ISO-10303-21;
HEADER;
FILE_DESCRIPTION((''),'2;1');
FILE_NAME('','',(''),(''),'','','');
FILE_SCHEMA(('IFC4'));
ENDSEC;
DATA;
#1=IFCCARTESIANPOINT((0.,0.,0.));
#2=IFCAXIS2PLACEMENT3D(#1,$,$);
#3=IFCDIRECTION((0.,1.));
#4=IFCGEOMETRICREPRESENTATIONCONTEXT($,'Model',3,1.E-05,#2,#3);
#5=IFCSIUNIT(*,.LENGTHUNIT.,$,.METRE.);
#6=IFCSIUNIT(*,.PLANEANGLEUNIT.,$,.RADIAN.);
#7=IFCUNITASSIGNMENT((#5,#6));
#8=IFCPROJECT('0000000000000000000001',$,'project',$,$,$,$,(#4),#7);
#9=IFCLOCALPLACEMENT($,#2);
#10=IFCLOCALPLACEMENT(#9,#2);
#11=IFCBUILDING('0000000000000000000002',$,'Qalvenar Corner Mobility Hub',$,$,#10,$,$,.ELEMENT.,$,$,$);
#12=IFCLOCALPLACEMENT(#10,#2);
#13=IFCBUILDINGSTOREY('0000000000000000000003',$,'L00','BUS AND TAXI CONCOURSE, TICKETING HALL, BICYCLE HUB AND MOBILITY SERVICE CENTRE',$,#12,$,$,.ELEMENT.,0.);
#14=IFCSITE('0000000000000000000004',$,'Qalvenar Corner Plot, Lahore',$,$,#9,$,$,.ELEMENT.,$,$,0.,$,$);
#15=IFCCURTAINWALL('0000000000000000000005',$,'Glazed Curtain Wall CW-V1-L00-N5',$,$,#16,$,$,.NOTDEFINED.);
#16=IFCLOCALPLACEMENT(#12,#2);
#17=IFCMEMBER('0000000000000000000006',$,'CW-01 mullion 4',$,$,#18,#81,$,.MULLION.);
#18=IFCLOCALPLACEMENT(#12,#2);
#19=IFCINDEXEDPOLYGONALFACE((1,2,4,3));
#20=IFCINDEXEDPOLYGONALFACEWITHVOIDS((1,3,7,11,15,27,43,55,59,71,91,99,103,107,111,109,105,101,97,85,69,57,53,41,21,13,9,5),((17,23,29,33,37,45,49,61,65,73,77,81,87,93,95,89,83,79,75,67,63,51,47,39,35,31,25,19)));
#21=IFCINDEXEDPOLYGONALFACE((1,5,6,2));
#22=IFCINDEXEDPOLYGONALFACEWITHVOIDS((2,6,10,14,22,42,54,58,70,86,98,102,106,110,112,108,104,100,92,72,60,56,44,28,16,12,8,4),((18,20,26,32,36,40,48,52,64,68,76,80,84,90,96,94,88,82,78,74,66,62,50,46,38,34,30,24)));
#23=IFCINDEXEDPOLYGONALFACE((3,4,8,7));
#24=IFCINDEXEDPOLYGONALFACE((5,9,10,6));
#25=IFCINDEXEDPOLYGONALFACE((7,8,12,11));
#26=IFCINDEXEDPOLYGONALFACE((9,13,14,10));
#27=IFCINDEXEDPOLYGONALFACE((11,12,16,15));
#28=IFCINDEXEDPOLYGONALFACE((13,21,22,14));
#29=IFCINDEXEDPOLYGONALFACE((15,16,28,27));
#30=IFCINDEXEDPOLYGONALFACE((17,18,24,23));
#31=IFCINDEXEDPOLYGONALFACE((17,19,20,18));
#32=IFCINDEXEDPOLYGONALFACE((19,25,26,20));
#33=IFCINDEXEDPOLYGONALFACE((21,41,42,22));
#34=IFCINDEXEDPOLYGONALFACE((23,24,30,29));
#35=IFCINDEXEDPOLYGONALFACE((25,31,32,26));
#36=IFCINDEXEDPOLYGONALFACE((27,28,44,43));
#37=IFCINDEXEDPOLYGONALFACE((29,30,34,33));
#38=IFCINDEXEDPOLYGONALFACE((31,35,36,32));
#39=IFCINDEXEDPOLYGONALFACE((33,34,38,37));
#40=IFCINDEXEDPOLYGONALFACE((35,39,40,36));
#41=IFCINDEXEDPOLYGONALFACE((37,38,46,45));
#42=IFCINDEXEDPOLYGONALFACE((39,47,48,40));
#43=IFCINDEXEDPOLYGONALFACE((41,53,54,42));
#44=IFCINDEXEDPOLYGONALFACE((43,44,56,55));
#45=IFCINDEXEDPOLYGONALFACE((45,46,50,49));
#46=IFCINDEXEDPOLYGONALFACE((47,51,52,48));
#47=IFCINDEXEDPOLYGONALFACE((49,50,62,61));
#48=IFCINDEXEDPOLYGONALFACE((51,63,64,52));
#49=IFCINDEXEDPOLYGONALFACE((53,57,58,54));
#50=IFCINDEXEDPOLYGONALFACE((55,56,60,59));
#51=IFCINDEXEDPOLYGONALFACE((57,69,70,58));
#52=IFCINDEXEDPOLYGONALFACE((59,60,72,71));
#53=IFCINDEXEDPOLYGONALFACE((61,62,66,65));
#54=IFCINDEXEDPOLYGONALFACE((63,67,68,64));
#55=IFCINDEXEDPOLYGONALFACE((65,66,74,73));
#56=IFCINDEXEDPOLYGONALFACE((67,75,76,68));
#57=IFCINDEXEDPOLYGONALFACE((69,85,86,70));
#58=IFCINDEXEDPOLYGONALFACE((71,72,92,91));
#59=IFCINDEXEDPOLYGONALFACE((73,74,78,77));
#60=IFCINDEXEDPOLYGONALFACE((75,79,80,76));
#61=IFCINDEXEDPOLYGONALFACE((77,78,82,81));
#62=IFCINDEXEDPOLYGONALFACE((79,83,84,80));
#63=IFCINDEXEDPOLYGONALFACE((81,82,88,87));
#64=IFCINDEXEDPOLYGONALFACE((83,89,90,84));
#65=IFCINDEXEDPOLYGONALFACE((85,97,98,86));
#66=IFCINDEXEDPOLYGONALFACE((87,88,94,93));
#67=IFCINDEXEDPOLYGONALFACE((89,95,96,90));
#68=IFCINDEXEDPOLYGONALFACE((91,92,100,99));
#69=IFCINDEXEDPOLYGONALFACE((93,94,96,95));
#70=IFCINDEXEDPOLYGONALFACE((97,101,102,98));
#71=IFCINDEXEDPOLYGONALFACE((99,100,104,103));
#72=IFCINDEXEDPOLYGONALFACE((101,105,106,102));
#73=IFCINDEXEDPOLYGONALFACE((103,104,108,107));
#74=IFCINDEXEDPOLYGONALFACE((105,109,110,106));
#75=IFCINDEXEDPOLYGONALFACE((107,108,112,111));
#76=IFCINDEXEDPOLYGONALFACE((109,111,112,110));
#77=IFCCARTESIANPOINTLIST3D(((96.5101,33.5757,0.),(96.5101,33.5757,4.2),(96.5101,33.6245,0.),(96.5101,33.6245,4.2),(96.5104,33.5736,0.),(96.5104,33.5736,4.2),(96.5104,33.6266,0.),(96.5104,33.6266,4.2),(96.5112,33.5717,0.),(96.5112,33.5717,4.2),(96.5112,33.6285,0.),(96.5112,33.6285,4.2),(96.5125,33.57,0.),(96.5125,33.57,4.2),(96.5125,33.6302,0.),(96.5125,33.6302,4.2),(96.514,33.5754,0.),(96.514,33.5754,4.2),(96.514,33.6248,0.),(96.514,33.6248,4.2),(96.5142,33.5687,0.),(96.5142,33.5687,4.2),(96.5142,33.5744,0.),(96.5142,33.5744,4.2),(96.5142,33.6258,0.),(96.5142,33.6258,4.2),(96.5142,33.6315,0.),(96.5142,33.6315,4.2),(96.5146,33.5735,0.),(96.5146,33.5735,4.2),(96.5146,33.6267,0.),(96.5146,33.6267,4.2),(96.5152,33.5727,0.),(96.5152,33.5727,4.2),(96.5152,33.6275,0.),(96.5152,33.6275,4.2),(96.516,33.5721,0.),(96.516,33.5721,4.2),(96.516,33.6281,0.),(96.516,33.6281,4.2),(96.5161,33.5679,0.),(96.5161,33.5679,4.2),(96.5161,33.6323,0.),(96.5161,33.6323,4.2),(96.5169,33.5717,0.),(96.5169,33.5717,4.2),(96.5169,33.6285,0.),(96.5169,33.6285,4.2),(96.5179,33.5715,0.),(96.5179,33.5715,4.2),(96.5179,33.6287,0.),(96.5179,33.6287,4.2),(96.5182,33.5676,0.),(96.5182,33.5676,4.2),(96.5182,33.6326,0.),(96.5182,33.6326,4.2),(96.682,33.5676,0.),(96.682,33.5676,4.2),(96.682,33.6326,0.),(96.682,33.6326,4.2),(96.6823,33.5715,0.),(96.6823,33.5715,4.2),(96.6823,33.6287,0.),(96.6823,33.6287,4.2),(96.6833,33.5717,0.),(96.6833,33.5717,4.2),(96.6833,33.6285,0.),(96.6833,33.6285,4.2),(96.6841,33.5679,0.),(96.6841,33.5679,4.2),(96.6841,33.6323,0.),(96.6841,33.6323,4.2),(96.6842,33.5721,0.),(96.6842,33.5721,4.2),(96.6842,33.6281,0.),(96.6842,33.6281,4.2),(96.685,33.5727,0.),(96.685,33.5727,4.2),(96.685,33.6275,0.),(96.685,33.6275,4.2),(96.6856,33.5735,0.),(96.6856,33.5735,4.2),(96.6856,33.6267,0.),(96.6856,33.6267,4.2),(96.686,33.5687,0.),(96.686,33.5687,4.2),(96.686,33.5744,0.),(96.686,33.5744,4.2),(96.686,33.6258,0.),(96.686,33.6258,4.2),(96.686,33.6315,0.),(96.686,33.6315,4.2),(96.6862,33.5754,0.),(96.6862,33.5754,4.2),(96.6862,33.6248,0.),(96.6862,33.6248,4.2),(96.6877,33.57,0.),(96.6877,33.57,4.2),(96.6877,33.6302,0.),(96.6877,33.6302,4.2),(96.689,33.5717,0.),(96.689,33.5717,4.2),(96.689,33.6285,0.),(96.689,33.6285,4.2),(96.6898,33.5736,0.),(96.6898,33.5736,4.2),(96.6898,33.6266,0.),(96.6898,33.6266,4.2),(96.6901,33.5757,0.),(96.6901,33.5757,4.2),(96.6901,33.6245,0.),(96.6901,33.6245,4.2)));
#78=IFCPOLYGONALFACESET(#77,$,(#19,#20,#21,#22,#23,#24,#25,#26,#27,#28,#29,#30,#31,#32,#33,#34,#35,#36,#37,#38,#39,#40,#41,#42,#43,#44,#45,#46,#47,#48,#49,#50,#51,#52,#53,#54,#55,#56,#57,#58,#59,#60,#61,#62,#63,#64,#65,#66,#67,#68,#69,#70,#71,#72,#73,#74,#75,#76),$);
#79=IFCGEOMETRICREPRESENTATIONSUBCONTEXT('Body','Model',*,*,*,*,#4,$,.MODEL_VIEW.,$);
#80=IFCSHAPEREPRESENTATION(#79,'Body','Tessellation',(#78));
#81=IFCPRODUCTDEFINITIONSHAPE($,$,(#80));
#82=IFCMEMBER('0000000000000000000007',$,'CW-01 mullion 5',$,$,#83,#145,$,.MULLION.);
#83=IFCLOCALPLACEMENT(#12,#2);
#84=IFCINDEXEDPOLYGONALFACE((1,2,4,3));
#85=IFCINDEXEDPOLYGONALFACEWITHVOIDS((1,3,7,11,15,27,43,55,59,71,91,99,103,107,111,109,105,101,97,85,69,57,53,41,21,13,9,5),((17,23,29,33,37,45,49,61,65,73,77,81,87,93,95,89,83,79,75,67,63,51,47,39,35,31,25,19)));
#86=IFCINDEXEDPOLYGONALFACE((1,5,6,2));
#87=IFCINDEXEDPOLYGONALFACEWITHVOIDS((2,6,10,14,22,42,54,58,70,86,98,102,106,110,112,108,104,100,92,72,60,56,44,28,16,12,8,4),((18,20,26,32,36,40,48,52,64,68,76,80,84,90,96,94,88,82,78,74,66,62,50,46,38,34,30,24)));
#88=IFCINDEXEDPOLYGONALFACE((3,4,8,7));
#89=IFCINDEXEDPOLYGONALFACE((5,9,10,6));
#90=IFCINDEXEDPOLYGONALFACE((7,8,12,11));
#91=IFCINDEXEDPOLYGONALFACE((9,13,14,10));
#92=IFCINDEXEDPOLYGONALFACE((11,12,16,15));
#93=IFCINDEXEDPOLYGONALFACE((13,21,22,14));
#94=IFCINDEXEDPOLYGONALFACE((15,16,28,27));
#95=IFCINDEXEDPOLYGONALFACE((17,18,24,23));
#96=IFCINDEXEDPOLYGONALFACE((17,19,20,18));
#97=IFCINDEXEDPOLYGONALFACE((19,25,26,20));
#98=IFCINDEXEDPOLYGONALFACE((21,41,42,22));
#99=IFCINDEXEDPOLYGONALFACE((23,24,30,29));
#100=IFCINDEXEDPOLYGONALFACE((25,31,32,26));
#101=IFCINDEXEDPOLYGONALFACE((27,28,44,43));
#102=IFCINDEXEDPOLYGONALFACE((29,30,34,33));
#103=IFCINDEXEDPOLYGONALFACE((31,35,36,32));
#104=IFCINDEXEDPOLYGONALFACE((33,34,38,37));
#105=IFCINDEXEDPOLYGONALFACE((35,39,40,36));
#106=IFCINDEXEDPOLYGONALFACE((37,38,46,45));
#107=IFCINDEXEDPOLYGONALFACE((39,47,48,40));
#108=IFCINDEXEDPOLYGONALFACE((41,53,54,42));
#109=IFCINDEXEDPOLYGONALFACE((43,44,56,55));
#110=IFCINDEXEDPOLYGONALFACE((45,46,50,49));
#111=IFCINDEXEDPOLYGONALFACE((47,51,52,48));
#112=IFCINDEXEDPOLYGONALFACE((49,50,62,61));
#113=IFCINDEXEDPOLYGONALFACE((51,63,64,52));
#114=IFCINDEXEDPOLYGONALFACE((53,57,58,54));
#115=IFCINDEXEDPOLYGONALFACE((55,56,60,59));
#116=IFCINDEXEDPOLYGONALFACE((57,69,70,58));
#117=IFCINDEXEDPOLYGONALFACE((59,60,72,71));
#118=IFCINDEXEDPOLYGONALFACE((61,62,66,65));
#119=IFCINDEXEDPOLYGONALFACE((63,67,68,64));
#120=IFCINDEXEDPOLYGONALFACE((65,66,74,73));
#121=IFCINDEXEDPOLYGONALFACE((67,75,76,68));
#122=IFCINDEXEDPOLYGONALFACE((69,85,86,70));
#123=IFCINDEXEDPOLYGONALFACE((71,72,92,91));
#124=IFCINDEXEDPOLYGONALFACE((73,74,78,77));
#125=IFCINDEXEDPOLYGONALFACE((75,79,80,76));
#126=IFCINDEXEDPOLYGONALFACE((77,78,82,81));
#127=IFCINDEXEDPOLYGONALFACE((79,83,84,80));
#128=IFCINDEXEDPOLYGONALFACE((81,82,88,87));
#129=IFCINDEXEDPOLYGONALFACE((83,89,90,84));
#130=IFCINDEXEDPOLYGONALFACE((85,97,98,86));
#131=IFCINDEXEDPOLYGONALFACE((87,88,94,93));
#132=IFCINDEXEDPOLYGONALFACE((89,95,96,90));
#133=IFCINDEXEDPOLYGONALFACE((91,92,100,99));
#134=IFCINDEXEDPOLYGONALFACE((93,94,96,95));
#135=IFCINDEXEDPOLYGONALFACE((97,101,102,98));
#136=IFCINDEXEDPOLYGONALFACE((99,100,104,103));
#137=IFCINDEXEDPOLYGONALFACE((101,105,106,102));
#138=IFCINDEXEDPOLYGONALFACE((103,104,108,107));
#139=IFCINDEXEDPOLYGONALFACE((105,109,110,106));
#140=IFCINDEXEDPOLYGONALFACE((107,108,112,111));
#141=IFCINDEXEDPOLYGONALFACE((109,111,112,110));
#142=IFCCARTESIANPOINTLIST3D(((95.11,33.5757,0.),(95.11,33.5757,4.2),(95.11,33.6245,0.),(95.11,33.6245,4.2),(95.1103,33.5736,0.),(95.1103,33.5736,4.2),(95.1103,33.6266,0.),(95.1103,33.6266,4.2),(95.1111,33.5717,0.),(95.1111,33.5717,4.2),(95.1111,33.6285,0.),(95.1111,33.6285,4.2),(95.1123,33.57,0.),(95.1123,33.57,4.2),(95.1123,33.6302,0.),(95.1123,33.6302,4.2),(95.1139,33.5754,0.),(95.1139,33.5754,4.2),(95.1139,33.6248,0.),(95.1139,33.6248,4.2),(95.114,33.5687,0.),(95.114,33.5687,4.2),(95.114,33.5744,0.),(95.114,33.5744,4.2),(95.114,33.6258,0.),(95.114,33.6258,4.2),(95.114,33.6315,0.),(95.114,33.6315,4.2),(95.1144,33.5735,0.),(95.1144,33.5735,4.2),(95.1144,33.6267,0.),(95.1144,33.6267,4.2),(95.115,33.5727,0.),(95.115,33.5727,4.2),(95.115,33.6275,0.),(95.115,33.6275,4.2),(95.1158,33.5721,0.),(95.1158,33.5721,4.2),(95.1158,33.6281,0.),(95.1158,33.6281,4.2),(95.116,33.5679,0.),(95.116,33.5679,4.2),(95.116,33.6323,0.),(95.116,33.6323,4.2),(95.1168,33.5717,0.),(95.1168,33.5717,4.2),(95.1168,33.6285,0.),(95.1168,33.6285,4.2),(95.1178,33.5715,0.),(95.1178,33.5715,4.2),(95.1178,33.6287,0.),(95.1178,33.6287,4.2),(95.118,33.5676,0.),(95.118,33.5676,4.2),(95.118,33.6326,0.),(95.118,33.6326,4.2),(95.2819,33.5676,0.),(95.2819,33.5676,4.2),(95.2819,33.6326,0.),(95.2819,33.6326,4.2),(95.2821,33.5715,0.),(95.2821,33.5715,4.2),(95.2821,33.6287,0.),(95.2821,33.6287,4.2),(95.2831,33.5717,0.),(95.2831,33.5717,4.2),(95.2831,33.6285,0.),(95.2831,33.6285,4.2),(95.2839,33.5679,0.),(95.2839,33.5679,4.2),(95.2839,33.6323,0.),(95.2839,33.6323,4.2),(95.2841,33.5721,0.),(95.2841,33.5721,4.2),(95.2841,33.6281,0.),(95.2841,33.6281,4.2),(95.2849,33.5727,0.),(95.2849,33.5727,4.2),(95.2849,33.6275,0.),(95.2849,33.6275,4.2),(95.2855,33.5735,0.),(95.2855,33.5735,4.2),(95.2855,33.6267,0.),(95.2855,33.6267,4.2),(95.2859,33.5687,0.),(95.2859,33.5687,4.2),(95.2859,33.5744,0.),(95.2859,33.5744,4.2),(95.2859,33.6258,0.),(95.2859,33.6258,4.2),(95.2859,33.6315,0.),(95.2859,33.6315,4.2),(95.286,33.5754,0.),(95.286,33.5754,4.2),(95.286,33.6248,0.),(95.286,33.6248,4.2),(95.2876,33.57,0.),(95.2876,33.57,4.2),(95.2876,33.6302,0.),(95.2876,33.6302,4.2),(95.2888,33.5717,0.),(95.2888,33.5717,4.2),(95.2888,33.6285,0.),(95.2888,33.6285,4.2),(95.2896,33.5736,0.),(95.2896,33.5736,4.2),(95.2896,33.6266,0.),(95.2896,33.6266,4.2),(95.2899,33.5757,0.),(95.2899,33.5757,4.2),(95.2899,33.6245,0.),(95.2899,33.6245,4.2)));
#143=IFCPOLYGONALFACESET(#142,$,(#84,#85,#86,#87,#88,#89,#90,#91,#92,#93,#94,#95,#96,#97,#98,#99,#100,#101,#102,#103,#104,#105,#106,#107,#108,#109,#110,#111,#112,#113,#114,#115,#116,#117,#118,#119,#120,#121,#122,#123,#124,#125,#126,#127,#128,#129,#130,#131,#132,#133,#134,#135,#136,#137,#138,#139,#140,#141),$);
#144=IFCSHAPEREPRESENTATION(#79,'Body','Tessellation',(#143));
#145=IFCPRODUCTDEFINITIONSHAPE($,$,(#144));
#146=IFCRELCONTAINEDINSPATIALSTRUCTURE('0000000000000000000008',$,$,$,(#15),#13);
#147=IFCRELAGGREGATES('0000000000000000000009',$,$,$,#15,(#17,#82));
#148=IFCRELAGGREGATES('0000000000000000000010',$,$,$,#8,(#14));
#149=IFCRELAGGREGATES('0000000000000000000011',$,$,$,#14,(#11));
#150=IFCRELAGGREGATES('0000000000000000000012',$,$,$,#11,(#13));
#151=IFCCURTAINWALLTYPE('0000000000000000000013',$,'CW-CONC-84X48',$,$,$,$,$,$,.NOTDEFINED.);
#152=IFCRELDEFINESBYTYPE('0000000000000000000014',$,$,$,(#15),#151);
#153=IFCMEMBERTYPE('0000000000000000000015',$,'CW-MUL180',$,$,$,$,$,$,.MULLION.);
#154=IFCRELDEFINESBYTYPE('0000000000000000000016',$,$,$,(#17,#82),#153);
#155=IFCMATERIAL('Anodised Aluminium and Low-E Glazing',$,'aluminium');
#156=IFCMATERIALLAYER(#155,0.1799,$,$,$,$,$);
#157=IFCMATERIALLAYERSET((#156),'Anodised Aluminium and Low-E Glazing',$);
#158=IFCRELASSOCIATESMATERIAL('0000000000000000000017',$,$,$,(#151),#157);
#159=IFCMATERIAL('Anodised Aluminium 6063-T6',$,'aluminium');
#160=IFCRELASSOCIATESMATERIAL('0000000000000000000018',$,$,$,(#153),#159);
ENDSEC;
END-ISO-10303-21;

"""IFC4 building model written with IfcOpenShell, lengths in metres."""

from ifc_helpers import new_model, si_unit, direction, frame, origin, origin_2d, place, context, subcontext, project, spatial, hollow_rectangle, extrude, material, layer, layer_set, material_profile, profile_set, type_object, element, aggregate, save


model = new_model("IFC4")

# Units and contexts
model_context = context("Model", 3, precision=1e-05, world=origin(), true_north=direction((0.0, 1.0)))
body_context = subcontext(model_context, "Body", "Model", "MODEL_VIEW")
ifc_project = project(units=[si_unit("LENGTHUNIT", "METRE"), si_unit("PLANEANGLEUNIT", "RADIAN")], contexts=[model_context])

# Site, building, storey
site_placement = place(None, origin())
site = spatial("IfcSite", under=ifc_project, at=site_placement, Name="Qalvenar Corner Plot, Lahore", CompositionType="ELEMENT", RefElevation=0.0)
building_placement = place(site_placement, origin())
building = spatial("IfcBuilding", under=site, at=building_placement, Name="Qalvenar Corner Mobility Hub", CompositionType="ELEMENT")
storey_placement = place(building_placement, origin())
storey = spatial("IfcBuildingStorey", under=building, at=storey_placement, Name="L00", Description="BUS AND TAXI CONCOURSE, TICKETING HALL, BICYCLE HUB AND MOBILITY SERVICE CENTRE", CompositionType="ELEMENT", Elevation=0.0)

# Curtain wall, members
ifc_material_1 = material(Name="Anodised Aluminium and Low-E Glazing", Category="aluminium")
ifc_layer_1 = layer(ifc_material_1, 0.1799)
ifc_layer_set_1 = layer_set([ifc_layer_1], Name="Anodised Aluminium and Low-E Glazing")
curtain_wall_type = type_object("IfcCurtainWallType", Name="CW-CONC-84X48", PredefinedType="NOTDEFINED", material=ifc_layer_set_1)
curtain_wall_placement = place(storey_placement, origin())
curtain_wall = element("IfcCurtainWall", 1, at=curtain_wall_placement, inside=storey, type_object=curtain_wall_type, Name="Glazed Curtain Wall CW-V1-L00-N5", PredefinedType="NOTDEFINED")
ifc_material_2 = material(Name="Anodised Aluminium 6063-T6", Category="aluminium")
ifc_material_profile_1 = material_profile(ifc_material_2, hollow_rectangle(XDim=0.0649, YDim=0.1799, WallThickness=0.0039, InnerFilletRadius=0.0039, OuterFilletRadius=0.0081, at=origin_2d()), Name="RHS180x65x4")
ifc_profile_set_1 = profile_set([ifc_material_profile_1], Name="Anodised Aluminium 6063-T6")
member_type_1 = type_object("IfcMemberType", Name="CW-MUL180", PredefinedType="MULLION", material=ifc_profile_set_1)
member_1_placement = place(storey_placement, frame((96.6001, 33.6001, 0.0), z_axis=(0.0, 0.0, 1.0), x_axis=(0.0, -1.0, 0.0)))
member_1 = element("IfcMember", 2, at=member_1_placement, type_object=member_type_1, Name="CW-01 mullion 4", PredefinedType="MULLION", context=body_context, shape_type="SweptSolid", body=[
    extrude(hollow_rectangle(XDim=0.0649, YDim=0.1799, WallThickness=0.0039, InnerFilletRadius=0.0039, OuterFilletRadius=0.0081, at=origin_2d()), origin(), (0.0, 0.0, 1.0), 4.2),
])
member_2_placement = place(storey_placement, frame((95.2, 33.6001, 0.0), z_axis=(0.0, 0.0, 1.0), x_axis=(0.0, -1.0, 0.0)))
member_2 = element("IfcMember", 3, at=member_2_placement, type_object=member_type_1, Name="CW-01 mullion 5", PredefinedType="MULLION", context=body_context, shape_type="SweptSolid", body=[
    extrude(hollow_rectangle(XDim=0.0649, YDim=0.1799, WallThickness=0.0039, InnerFilletRadius=0.0039, OuterFilletRadius=0.0081, at=origin_2d()), origin(), (0.0, 0.0, 1.0), 4.2),
])
aggregate(curtain_wall, [member_1, member_2])

save(model, "model.ifc")
